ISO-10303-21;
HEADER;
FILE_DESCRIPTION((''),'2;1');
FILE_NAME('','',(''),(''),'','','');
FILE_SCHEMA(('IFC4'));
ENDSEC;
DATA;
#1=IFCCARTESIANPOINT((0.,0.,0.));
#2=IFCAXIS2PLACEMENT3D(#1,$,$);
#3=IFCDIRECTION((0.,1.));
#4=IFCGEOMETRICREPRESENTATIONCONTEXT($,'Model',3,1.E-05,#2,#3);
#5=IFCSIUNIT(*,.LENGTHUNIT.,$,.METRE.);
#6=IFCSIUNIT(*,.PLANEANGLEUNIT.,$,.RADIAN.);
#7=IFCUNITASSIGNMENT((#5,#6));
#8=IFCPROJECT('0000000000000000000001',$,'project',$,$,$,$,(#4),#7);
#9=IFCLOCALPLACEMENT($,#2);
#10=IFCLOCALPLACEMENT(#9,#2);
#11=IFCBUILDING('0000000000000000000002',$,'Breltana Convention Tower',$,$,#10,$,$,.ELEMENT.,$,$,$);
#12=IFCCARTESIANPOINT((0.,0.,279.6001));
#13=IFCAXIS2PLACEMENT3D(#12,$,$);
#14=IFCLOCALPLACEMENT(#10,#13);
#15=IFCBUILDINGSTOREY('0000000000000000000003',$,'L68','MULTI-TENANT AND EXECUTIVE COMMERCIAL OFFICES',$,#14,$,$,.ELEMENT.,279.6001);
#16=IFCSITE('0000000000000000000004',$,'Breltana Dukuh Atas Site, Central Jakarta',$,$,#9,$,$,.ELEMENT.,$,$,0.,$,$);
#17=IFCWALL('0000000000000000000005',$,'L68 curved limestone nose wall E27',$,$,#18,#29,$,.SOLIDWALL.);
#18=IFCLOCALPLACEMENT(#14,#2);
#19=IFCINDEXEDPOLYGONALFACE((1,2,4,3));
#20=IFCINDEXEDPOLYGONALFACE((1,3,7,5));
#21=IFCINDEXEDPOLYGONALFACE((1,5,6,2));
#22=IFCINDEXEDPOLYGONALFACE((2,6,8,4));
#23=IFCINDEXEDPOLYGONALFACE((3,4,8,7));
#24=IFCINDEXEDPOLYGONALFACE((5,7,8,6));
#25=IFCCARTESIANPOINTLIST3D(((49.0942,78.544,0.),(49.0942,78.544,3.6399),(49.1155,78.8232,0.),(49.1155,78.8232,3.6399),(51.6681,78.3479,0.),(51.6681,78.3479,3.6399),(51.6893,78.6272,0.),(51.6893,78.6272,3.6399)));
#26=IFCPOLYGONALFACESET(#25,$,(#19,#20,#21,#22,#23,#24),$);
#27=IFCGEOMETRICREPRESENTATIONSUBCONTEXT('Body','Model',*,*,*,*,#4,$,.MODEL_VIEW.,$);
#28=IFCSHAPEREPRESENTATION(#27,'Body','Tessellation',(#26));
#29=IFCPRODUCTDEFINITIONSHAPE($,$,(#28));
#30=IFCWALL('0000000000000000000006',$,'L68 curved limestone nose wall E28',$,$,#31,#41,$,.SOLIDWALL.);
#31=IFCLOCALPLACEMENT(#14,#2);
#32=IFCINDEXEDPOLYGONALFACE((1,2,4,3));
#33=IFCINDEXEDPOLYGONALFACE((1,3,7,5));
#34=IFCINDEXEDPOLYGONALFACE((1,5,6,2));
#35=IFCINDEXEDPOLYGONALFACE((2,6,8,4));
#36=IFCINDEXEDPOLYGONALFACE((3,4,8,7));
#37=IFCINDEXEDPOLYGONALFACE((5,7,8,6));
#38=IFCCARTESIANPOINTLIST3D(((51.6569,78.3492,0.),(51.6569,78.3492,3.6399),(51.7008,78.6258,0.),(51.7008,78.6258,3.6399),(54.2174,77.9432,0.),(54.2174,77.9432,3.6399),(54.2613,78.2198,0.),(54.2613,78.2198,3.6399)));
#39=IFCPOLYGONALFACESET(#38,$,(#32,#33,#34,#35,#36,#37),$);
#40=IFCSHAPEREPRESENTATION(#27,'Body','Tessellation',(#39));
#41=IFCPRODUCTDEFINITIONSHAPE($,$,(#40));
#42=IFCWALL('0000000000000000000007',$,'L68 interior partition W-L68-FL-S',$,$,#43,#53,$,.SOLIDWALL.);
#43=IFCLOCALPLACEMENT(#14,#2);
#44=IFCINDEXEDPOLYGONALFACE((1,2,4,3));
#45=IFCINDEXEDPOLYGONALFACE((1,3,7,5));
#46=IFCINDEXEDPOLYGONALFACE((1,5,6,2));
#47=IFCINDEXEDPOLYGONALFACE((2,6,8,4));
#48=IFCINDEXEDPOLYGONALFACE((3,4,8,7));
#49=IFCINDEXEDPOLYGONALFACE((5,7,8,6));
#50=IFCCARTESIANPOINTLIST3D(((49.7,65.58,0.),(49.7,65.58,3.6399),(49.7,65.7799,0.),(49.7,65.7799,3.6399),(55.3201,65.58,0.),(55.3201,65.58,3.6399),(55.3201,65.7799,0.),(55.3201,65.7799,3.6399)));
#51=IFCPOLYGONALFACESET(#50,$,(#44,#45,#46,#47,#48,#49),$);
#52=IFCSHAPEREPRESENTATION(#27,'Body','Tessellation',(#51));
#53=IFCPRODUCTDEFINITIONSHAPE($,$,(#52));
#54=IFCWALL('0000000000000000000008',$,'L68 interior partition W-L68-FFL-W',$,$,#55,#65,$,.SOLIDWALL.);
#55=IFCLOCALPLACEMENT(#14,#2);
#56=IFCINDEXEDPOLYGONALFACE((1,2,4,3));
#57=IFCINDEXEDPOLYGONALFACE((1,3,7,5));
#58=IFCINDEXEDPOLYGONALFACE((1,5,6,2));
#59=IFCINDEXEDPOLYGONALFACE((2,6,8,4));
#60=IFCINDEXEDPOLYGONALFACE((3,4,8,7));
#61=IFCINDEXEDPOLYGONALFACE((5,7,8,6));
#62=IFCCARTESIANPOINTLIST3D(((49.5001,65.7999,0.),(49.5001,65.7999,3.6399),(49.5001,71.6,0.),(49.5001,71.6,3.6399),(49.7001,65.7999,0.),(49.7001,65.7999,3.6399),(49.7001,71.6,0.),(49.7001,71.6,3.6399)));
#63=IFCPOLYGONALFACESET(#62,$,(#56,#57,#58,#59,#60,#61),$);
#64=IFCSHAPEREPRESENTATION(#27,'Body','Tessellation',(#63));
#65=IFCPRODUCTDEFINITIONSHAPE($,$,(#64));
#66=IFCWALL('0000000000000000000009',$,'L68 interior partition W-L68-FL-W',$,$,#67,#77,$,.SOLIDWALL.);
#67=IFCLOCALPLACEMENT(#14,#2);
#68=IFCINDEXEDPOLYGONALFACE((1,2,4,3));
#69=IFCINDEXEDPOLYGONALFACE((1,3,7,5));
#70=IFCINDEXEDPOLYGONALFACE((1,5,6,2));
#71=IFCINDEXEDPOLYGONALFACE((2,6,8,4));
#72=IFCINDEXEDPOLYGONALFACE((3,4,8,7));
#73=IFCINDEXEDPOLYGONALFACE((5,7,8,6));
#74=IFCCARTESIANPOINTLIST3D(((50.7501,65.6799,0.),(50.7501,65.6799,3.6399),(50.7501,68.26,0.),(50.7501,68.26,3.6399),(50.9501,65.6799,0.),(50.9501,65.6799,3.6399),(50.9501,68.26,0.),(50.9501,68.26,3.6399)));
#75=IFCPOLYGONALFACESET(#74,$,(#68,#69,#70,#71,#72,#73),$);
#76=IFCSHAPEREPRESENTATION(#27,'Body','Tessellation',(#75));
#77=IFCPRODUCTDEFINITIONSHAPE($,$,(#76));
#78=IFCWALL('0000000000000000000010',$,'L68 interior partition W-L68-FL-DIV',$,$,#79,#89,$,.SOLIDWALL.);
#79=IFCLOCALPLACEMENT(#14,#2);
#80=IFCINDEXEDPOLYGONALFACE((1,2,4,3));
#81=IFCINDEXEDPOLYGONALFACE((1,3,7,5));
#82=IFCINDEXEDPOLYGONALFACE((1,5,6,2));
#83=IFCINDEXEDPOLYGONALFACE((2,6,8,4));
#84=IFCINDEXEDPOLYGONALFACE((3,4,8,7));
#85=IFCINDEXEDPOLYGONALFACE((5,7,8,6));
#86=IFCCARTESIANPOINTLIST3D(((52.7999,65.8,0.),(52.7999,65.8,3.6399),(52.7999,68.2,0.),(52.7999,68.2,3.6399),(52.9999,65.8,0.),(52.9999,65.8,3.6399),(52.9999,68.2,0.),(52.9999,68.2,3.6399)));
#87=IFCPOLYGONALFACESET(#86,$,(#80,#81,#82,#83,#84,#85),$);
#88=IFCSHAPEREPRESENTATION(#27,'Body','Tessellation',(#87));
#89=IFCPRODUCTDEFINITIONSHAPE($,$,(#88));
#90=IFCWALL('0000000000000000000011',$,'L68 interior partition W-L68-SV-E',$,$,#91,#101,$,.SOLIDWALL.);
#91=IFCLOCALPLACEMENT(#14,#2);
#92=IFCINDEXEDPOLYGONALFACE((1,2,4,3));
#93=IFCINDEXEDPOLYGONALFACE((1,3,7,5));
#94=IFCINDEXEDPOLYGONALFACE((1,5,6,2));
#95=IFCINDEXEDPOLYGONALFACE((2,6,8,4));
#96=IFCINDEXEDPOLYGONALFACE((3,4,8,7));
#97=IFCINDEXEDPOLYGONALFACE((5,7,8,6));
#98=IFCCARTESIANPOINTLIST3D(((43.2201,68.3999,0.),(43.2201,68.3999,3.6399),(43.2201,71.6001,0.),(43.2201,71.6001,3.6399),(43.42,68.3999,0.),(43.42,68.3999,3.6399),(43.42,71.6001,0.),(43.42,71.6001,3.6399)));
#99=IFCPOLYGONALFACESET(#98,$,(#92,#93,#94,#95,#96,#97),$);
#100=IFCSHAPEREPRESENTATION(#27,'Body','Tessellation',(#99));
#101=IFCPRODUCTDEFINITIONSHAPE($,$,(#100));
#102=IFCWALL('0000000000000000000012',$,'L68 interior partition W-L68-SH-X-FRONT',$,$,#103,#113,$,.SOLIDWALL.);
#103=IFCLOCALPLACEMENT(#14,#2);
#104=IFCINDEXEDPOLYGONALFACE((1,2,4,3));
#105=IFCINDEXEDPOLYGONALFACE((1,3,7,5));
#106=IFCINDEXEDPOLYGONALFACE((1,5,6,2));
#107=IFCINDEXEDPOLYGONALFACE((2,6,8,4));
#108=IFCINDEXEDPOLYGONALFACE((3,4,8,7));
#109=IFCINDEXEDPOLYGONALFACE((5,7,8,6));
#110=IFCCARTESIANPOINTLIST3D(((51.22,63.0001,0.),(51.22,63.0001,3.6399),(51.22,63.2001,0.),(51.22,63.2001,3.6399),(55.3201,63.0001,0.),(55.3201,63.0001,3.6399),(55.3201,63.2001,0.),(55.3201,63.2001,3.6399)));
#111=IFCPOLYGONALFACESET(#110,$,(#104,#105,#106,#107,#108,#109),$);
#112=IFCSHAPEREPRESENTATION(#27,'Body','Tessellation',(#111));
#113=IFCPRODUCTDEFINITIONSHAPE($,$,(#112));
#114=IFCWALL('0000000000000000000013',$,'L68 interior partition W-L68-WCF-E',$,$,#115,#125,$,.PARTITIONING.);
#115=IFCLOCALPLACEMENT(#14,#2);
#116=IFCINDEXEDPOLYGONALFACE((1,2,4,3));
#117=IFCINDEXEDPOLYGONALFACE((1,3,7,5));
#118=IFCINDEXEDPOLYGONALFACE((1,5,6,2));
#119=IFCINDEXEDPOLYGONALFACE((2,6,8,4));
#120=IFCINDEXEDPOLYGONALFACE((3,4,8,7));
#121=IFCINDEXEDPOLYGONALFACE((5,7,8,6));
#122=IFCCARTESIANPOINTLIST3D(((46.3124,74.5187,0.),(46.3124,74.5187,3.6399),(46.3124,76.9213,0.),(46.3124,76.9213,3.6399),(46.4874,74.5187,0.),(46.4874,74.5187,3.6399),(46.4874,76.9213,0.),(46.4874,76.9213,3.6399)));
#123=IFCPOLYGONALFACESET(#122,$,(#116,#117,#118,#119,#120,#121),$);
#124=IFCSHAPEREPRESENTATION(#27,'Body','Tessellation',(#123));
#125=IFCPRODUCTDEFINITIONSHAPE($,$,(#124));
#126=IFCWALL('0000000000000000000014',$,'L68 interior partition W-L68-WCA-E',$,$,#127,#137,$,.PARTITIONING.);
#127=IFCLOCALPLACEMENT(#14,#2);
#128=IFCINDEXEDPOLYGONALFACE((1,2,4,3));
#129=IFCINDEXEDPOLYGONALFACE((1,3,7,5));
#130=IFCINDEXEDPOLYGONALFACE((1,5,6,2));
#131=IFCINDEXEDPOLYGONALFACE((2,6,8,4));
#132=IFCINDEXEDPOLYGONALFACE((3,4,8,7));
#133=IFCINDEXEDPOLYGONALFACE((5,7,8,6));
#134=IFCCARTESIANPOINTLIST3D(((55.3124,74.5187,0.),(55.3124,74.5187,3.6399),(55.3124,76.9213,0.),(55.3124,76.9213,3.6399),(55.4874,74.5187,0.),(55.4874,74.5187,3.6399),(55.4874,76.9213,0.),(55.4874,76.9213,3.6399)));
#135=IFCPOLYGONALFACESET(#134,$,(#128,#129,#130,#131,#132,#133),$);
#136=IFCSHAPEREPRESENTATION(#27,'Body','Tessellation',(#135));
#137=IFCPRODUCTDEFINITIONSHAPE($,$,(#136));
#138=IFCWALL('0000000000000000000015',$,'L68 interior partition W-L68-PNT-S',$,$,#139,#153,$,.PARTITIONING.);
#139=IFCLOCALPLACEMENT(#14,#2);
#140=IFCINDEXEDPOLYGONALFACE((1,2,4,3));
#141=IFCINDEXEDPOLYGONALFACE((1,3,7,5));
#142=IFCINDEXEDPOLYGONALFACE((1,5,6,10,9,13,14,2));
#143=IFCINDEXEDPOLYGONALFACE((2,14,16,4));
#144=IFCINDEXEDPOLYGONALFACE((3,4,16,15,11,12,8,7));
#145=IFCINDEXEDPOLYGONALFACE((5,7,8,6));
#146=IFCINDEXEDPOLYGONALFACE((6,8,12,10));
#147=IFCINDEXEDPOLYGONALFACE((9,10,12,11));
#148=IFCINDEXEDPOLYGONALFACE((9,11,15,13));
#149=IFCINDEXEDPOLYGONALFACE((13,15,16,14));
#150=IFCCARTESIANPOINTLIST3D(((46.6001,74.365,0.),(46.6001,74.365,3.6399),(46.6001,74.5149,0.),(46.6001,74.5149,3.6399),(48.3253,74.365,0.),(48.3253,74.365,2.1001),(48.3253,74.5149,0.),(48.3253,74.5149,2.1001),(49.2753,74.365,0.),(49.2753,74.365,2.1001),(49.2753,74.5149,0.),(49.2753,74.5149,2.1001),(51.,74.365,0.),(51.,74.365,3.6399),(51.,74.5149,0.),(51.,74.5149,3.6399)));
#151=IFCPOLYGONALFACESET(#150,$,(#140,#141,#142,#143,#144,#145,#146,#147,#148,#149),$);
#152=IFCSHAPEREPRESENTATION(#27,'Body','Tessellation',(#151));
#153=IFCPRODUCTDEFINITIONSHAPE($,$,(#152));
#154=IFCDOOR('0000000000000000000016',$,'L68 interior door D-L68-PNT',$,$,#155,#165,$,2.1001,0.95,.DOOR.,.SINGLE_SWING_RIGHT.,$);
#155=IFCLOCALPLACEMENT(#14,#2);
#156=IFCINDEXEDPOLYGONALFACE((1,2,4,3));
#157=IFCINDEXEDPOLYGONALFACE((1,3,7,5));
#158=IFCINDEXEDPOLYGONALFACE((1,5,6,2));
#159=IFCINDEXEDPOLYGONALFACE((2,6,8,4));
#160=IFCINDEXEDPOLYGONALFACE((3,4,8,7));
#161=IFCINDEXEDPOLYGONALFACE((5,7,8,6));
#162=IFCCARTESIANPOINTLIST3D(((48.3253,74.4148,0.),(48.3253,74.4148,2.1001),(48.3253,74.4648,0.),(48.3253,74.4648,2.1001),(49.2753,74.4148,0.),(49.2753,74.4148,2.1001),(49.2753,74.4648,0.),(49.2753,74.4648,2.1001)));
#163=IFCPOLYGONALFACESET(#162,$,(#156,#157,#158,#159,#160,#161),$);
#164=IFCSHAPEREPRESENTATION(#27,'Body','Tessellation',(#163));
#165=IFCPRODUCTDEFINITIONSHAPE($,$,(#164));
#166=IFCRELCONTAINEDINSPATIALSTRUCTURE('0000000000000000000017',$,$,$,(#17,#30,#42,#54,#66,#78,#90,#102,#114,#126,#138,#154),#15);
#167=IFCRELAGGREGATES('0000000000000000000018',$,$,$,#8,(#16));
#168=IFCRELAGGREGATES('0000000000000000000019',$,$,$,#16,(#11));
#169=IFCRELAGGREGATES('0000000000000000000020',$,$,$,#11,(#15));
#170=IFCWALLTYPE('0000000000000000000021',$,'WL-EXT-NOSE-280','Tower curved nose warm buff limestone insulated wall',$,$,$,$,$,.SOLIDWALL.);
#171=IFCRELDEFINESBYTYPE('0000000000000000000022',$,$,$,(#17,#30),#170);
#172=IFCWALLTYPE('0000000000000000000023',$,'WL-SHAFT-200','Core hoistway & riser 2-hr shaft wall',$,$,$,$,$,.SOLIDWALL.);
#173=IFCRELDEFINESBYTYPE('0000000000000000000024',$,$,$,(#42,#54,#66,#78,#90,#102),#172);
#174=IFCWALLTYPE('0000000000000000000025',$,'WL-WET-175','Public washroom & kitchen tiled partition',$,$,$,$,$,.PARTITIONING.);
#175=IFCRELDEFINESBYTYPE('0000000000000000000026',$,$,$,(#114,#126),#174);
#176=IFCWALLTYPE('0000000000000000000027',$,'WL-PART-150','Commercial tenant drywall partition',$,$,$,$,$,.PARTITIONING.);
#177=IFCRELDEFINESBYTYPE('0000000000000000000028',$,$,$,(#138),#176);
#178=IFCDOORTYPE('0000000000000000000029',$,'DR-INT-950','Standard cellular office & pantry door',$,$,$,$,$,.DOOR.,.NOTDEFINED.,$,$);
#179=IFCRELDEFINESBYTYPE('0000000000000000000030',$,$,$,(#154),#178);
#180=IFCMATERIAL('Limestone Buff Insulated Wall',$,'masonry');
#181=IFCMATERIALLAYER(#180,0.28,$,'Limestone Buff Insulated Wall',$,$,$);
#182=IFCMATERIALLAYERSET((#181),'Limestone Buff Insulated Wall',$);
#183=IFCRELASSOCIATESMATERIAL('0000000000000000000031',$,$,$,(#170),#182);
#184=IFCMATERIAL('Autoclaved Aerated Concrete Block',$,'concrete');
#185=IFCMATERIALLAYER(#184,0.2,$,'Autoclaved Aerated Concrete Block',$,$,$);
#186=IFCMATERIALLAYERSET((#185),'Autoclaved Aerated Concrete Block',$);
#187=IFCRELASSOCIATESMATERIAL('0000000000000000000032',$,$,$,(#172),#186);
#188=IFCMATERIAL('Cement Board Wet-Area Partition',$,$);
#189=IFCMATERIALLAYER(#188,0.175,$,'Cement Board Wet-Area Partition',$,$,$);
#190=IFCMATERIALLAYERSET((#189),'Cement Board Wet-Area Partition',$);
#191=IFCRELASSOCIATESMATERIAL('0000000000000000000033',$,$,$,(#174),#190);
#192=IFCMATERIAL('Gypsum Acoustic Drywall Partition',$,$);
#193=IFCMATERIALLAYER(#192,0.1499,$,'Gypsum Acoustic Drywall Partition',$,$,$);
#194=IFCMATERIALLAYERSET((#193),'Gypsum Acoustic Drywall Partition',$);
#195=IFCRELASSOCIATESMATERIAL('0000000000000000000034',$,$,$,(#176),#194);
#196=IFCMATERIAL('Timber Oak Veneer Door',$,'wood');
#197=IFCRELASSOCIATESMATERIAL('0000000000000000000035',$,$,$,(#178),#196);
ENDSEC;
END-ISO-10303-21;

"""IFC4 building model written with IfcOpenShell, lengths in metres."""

from ifc_helpers import new_model, si_unit, direction, frame, frame_2d, origin, place, context, subcontext, project, spatial, rectangle, extrude, source, transform, mapped, material, layer, layer_set, type_object, type_shapes, element, fill, save


model = new_model("IFC4")

# Units and contexts
model_context = context("Model", 3, precision=1e-05, world=origin(), true_north=direction((0.0, 1.0)))
body_context = subcontext(model_context, "Body", "Model", "MODEL_VIEW")
ifc_project = project(units=[si_unit("LENGTHUNIT", "METRE"), si_unit("PLANEANGLEUNIT", "RADIAN")], contexts=[model_context])

# Site, building, storey
site_placement = place(None, origin())
site = spatial("IfcSite", under=ifc_project, at=site_placement, Name="Breltana Dukuh Atas Site, Central Jakarta", CompositionType="ELEMENT", RefElevation=0.0)
building_placement = place(site_placement, origin())
building = spatial("IfcBuilding", under=site, at=building_placement, Name="Breltana Convention Tower", CompositionType="ELEMENT")
storey_placement = place(building_placement, frame((0.0, 0.0, 279.6001)))
storey = spatial("IfcBuildingStorey", under=building, at=storey_placement, Name="L68", Description="MULTI-TENANT AND EXECUTIVE COMMERCIAL OFFICES", CompositionType="ELEMENT", Elevation=279.6001)

# Walls
ifc_material_1 = material(Name="Limestone Buff Insulated Wall", Category="masonry")
ifc_layer_1 = layer(ifc_material_1, 0.28, Name="Limestone Buff Insulated Wall")
ifc_layer_set_1 = layer_set([ifc_layer_1], Name="Limestone Buff Insulated Wall")
wall_type_1 = type_object("IfcWallType", Name="WL-EXT-NOSE-280", Description="Tower curved nose warm buff limestone insulated wall", PredefinedType="SOLIDWALL", material=ifc_layer_set_1)
shared_shape_1 = source(origin(), body_context, "Body", "SweptSolid", [
    extrude(rectangle(XDim=2.5813, YDim=0.28, at=frame_2d((1.2905, 0.0))), origin(), (0.0, 0.0, 1.0), 3.6399),
])
wall_1_placement = place(storey_placement, frame((49.105, 78.6836, 0.0), z_axis=(0.0, 0.0, 1.0), x_axis=(0.997112, -0.075951, 0.0)))
element("IfcWall", 1, at=wall_1_placement, inside=storey, type_object=wall_type_1, Name="L68 curved limestone nose wall E27", PredefinedType="SOLIDWALL", context=body_context, shape_type="MappedRepresentation", body=[
    mapped(shared_shape_1, transform((0.0, 0.0, 0.0), scale=1.0)),
])
shared_shape_2 = source(origin(), body_context, "Body", "SweptSolid", [
    extrude(rectangle(XDim=2.5925, YDim=0.28, at=frame_2d((1.2964, 0.0))), origin(), (0.0, 0.0, 1.0), 3.6399),
])
wall_2_placement = place(storey_placement, frame((51.6787, 78.4875, 0.0), z_axis=(0.0, 0.0, 1.0), x_axis=(0.987661, -0.156606, 0.0)))
element("IfcWall", 2, at=wall_2_placement, inside=storey, type_object=wall_type_1, Name="L68 curved limestone nose wall E28", PredefinedType="SOLIDWALL", context=body_context, shape_type="MappedRepresentation", body=[
    mapped(shared_shape_2, transform((0.0, 0.0, 0.0), scale=1.0)),
])

# Shared definitions
ifc_material_2 = material(Name="Autoclaved Aerated Concrete Block", Category="concrete")
ifc_layer_2 = layer(ifc_material_2, 0.2, Name="Autoclaved Aerated Concrete Block")
ifc_layer_set_2 = layer_set([ifc_layer_2], Name="Autoclaved Aerated Concrete Block")
wall_type_2 = type_object("IfcWallType", Name="WL-SHAFT-200", Description="Core hoistway & riser 2-hr shaft wall", PredefinedType="SOLIDWALL", material=ifc_layer_set_2)
shared_shape_3 = source(origin(), body_context, "Body", "SweptSolid", [
    extrude(rectangle(XDim=5.6201, YDim=0.2, at=frame_2d((2.8101, 0.0))), origin(), (0.0, 0.0, 1.0), 3.6399),
])

# Walls
wall_3_placement = place(storey_placement, frame((49.7, 65.6799, 0.0), z_axis=(0.0, 0.0, 1.0), x_axis=(1.0, 0.0, 0.0)))
element("IfcWall", 3, at=wall_3_placement, inside=storey, type_object=wall_type_2, Name="L68 interior partition W-L68-FL-S", PredefinedType="SOLIDWALL", context=body_context, shape_type="MappedRepresentation", body=[
    mapped(shared_shape_3, transform((0.0, 0.0, 0.0), scale=1.0)),
])
shared_shape_4 = source(origin(), body_context, "Body", "SweptSolid", [
    extrude(rectangle(XDim=5.8, YDim=0.2, at=frame_2d((2.8999, 0.0))), origin(), (0.0, 0.0, 1.0), 3.6399),
])
wall_4_placement = place(storey_placement, frame((49.6001, 65.8, 0.0), z_axis=(0.0, 0.0, 1.0), x_axis=(0.0, 1.0, 0.0)))
element("IfcWall", 4, at=wall_4_placement, inside=storey, type_object=wall_type_2, Name="L68 interior partition W-L68-FFL-W", PredefinedType="SOLIDWALL", context=body_context, shape_type="MappedRepresentation", body=[
    mapped(shared_shape_4, transform((0.0, 0.0, 0.0), scale=1.0)),
])
shared_shape_5 = source(origin(), body_context, "Body", "SweptSolid", [
    extrude(rectangle(XDim=2.5801, YDim=0.2, at=frame_2d((1.29, 0.0))), origin(), (0.0, 0.0, 1.0), 3.6399),
])
wall_5_placement = place(storey_placement, frame((50.8501, 65.6799, 0.0), z_axis=(0.0, 0.0, 1.0), x_axis=(0.0, 1.0, 0.0)))
element("IfcWall", 5, at=wall_5_placement, inside=storey, type_object=wall_type_2, Name="L68 interior partition W-L68-FL-W", PredefinedType="SOLIDWALL", context=body_context, shape_type="MappedRepresentation", body=[
    mapped(shared_shape_5, transform((0.0, 0.0, 0.0), scale=1.0)),
])
shared_shape_6 = source(origin(), body_context, "Body", "SweptSolid", [
    extrude(rectangle(XDim=2.3999, YDim=0.2, at=frame_2d((1.2, 0.0))), origin(), (0.0, 0.0, 1.0), 3.6399),
])
wall_6_placement = place(storey_placement, frame((52.8999, 65.8, 0.0), z_axis=(0.0, 0.0, 1.0), x_axis=(0.0, 1.0, 0.0)))
element("IfcWall", 6, at=wall_6_placement, inside=storey, type_object=wall_type_2, Name="L68 interior partition W-L68-FL-DIV", PredefinedType="SOLIDWALL", context=body_context, shape_type="MappedRepresentation", body=[
    mapped(shared_shape_6, transform((0.0, 0.0, 0.0), scale=1.0)),
])
shared_shape_7 = source(origin(), body_context, "Body", "SweptSolid", [
    extrude(rectangle(XDim=3.2002, YDim=0.2, at=frame_2d((1.6001, 0.0))), origin(), (0.0, 0.0, 1.0), 3.6399),
])
wall_7_placement = place(storey_placement, frame((43.3201, 68.3999, 0.0), z_axis=(0.0, 0.0, 1.0), x_axis=(0.0, 1.0, 0.0)))
element("IfcWall", 7, at=wall_7_placement, inside=storey, type_object=wall_type_2, Name="L68 interior partition W-L68-SV-E", PredefinedType="SOLIDWALL", context=body_context, shape_type="MappedRepresentation", body=[
    mapped(shared_shape_7, transform((0.0, 0.0, 0.0), scale=1.0)),
])
shared_shape_8 = source(origin(), body_context, "Body", "SweptSolid", [
    extrude(rectangle(XDim=4.1001, YDim=0.2, at=frame_2d((2.05, 0.0))), origin(), (0.0, 0.0, 1.0), 3.6399),
])
wall_8_placement = place(storey_placement, frame((51.22, 63.1001, 0.0), z_axis=(0.0, 0.0, 1.0), x_axis=(1.0, 0.0, 0.0)))
element("IfcWall", 8, at=wall_8_placement, inside=storey, type_object=wall_type_2, Name="L68 interior partition W-L68-SH-X-FRONT", PredefinedType="SOLIDWALL", context=body_context, shape_type="MappedRepresentation", body=[
    mapped(shared_shape_8, transform((0.0, 0.0, 0.0), scale=1.0)),
])
ifc_material_3 = material(Name="Cement Board Wet-Area Partition")
ifc_layer_3 = layer(ifc_material_3, 0.175, Name="Cement Board Wet-Area Partition")
ifc_layer_set_3 = layer_set([ifc_layer_3], Name="Cement Board Wet-Area Partition")
wall_type_3 = type_object("IfcWallType", Name="WL-WET-175", Description="Public washroom & kitchen tiled partition", PredefinedType="PARTITIONING", material=ifc_layer_set_3)
shared_shape_9 = source(origin(), body_context, "Body", "SweptSolid", [
    extrude(rectangle(XDim=2.4026, YDim=0.175, at=frame_2d((1.2012, 0.0))), origin(), (0.0, 0.0, 1.0), 3.6399),
])
for number, where, z_axis, x_axis, name in (
    (9, (46.3999, 74.5188, 0.0), (0.0, 0.0, 1.0), (0.0, 1.0, 0.0), "L68 interior partition W-L68-WCF-E"),
    (10, (55.3999, 74.5188, 0.0), (0.0, 0.0, 1.0), (0.0, 1.0, 0.0), "L68 interior partition W-L68-WCA-E"),
):
    element("IfcWall", number, at=place(storey_placement, frame(where, z_axis=z_axis, x_axis=x_axis)), inside=storey, type_object=wall_type_3, Name=name, PredefinedType="PARTITIONING", context=body_context, shape_type="MappedRepresentation", body=[
        mapped(shared_shape_9, transform((0.0, 0.0, 0.0), scale=1.0)),
    ])

# Wall, opening, door
ifc_material_4 = material(Name="Gypsum Acoustic Drywall Partition")
ifc_layer_4 = layer(ifc_material_4, 0.1499, Name="Gypsum Acoustic Drywall Partition")
ifc_layer_set_4 = layer_set([ifc_layer_4], Name="Gypsum Acoustic Drywall Partition")
wall_type_4 = type_object("IfcWallType", Name="WL-PART-150", Description="Commercial tenant drywall partition", PredefinedType="PARTITIONING", material=ifc_layer_set_4)
shared_shape_10 = source(origin(), body_context, "Body", "SweptSolid", [
    extrude(rectangle(XDim=4.3999, YDim=0.1499, at=frame_2d((2.2, 0.0))), origin(), (0.0, 0.0, 1.0), 3.6399),
])
wall_9_placement = place(storey_placement, frame((46.6001, 74.4399, 0.0), z_axis=(0.0, 0.0, 1.0), x_axis=(1.0, 0.0, 0.0)))
wall_9 = element("IfcWall", 11, at=wall_9_placement, inside=storey, type_object=wall_type_4, Name="L68 interior partition W-L68-PNT-S", PredefinedType="PARTITIONING", context=body_context, shape_type="MappedRepresentation", body=[
    mapped(shared_shape_10, transform((0.0, 0.0, 0.0), scale=1.0)),
])
opening_1_placement = place(wall_9_placement, frame((1.7251, 0.0, 0.0)))
opening_1 = element("IfcOpeningElement", 12, at=opening_1_placement, cuts=wall_9, PredefinedType="OPENING", context=body_context, shape_type="SweptSolid", body=[
    extrude(rectangle(XDim=0.95, YDim=2.1001, at=frame_2d((0.4751, 1.05))), frame((0.0, 0.085, 0.0), z_axis=(0.0, -1.0, 0.0), x_axis=(1.0, 0.0, 0.0)), (0.0, 0.0, 1.0), 0.1699),
])
ifc_material_5 = material(Name="Timber Oak Veneer Door", Category="wood")
door_type_1 = type_object("IfcDoorType", Name="DR-INT-950", Description="Standard cellular office & pantry door", OperationType="NOTDEFINED", PredefinedType="DOOR", material=ifc_material_5)
shared_shape_11 = source(origin(), body_context, "Body", "SweptSolid", [
    extrude(rectangle(XDim=0.95, YDim=2.1001, at=frame_2d((0.4751, 1.05))), frame((0.0, 0.0249, 0.0), z_axis=(0.0, -1.0, 0.0), x_axis=(1.0, 0.0, 0.0)), (0.0, 0.0, 1.0), 0.05),
])
type_shapes(door_type_1, [shared_shape_11])
door_1_placement = place(opening_1_placement, origin())
door_1 = element("IfcDoor", 13, at=door_1_placement, inside=storey, type_object=door_type_1, Name="L68 interior door D-L68-PNT", OperationType="SINGLE_SWING_RIGHT", OverallHeight=2.1001, OverallWidth=0.95, PredefinedType="DOOR", context=body_context, shape_type="MappedRepresentation", body=[
    mapped(shared_shape_11, transform((0.0, 0.0, 0.0), scale=1.0)),
])
fill(opening_1, door_1)

save(model, "model.ifc")
